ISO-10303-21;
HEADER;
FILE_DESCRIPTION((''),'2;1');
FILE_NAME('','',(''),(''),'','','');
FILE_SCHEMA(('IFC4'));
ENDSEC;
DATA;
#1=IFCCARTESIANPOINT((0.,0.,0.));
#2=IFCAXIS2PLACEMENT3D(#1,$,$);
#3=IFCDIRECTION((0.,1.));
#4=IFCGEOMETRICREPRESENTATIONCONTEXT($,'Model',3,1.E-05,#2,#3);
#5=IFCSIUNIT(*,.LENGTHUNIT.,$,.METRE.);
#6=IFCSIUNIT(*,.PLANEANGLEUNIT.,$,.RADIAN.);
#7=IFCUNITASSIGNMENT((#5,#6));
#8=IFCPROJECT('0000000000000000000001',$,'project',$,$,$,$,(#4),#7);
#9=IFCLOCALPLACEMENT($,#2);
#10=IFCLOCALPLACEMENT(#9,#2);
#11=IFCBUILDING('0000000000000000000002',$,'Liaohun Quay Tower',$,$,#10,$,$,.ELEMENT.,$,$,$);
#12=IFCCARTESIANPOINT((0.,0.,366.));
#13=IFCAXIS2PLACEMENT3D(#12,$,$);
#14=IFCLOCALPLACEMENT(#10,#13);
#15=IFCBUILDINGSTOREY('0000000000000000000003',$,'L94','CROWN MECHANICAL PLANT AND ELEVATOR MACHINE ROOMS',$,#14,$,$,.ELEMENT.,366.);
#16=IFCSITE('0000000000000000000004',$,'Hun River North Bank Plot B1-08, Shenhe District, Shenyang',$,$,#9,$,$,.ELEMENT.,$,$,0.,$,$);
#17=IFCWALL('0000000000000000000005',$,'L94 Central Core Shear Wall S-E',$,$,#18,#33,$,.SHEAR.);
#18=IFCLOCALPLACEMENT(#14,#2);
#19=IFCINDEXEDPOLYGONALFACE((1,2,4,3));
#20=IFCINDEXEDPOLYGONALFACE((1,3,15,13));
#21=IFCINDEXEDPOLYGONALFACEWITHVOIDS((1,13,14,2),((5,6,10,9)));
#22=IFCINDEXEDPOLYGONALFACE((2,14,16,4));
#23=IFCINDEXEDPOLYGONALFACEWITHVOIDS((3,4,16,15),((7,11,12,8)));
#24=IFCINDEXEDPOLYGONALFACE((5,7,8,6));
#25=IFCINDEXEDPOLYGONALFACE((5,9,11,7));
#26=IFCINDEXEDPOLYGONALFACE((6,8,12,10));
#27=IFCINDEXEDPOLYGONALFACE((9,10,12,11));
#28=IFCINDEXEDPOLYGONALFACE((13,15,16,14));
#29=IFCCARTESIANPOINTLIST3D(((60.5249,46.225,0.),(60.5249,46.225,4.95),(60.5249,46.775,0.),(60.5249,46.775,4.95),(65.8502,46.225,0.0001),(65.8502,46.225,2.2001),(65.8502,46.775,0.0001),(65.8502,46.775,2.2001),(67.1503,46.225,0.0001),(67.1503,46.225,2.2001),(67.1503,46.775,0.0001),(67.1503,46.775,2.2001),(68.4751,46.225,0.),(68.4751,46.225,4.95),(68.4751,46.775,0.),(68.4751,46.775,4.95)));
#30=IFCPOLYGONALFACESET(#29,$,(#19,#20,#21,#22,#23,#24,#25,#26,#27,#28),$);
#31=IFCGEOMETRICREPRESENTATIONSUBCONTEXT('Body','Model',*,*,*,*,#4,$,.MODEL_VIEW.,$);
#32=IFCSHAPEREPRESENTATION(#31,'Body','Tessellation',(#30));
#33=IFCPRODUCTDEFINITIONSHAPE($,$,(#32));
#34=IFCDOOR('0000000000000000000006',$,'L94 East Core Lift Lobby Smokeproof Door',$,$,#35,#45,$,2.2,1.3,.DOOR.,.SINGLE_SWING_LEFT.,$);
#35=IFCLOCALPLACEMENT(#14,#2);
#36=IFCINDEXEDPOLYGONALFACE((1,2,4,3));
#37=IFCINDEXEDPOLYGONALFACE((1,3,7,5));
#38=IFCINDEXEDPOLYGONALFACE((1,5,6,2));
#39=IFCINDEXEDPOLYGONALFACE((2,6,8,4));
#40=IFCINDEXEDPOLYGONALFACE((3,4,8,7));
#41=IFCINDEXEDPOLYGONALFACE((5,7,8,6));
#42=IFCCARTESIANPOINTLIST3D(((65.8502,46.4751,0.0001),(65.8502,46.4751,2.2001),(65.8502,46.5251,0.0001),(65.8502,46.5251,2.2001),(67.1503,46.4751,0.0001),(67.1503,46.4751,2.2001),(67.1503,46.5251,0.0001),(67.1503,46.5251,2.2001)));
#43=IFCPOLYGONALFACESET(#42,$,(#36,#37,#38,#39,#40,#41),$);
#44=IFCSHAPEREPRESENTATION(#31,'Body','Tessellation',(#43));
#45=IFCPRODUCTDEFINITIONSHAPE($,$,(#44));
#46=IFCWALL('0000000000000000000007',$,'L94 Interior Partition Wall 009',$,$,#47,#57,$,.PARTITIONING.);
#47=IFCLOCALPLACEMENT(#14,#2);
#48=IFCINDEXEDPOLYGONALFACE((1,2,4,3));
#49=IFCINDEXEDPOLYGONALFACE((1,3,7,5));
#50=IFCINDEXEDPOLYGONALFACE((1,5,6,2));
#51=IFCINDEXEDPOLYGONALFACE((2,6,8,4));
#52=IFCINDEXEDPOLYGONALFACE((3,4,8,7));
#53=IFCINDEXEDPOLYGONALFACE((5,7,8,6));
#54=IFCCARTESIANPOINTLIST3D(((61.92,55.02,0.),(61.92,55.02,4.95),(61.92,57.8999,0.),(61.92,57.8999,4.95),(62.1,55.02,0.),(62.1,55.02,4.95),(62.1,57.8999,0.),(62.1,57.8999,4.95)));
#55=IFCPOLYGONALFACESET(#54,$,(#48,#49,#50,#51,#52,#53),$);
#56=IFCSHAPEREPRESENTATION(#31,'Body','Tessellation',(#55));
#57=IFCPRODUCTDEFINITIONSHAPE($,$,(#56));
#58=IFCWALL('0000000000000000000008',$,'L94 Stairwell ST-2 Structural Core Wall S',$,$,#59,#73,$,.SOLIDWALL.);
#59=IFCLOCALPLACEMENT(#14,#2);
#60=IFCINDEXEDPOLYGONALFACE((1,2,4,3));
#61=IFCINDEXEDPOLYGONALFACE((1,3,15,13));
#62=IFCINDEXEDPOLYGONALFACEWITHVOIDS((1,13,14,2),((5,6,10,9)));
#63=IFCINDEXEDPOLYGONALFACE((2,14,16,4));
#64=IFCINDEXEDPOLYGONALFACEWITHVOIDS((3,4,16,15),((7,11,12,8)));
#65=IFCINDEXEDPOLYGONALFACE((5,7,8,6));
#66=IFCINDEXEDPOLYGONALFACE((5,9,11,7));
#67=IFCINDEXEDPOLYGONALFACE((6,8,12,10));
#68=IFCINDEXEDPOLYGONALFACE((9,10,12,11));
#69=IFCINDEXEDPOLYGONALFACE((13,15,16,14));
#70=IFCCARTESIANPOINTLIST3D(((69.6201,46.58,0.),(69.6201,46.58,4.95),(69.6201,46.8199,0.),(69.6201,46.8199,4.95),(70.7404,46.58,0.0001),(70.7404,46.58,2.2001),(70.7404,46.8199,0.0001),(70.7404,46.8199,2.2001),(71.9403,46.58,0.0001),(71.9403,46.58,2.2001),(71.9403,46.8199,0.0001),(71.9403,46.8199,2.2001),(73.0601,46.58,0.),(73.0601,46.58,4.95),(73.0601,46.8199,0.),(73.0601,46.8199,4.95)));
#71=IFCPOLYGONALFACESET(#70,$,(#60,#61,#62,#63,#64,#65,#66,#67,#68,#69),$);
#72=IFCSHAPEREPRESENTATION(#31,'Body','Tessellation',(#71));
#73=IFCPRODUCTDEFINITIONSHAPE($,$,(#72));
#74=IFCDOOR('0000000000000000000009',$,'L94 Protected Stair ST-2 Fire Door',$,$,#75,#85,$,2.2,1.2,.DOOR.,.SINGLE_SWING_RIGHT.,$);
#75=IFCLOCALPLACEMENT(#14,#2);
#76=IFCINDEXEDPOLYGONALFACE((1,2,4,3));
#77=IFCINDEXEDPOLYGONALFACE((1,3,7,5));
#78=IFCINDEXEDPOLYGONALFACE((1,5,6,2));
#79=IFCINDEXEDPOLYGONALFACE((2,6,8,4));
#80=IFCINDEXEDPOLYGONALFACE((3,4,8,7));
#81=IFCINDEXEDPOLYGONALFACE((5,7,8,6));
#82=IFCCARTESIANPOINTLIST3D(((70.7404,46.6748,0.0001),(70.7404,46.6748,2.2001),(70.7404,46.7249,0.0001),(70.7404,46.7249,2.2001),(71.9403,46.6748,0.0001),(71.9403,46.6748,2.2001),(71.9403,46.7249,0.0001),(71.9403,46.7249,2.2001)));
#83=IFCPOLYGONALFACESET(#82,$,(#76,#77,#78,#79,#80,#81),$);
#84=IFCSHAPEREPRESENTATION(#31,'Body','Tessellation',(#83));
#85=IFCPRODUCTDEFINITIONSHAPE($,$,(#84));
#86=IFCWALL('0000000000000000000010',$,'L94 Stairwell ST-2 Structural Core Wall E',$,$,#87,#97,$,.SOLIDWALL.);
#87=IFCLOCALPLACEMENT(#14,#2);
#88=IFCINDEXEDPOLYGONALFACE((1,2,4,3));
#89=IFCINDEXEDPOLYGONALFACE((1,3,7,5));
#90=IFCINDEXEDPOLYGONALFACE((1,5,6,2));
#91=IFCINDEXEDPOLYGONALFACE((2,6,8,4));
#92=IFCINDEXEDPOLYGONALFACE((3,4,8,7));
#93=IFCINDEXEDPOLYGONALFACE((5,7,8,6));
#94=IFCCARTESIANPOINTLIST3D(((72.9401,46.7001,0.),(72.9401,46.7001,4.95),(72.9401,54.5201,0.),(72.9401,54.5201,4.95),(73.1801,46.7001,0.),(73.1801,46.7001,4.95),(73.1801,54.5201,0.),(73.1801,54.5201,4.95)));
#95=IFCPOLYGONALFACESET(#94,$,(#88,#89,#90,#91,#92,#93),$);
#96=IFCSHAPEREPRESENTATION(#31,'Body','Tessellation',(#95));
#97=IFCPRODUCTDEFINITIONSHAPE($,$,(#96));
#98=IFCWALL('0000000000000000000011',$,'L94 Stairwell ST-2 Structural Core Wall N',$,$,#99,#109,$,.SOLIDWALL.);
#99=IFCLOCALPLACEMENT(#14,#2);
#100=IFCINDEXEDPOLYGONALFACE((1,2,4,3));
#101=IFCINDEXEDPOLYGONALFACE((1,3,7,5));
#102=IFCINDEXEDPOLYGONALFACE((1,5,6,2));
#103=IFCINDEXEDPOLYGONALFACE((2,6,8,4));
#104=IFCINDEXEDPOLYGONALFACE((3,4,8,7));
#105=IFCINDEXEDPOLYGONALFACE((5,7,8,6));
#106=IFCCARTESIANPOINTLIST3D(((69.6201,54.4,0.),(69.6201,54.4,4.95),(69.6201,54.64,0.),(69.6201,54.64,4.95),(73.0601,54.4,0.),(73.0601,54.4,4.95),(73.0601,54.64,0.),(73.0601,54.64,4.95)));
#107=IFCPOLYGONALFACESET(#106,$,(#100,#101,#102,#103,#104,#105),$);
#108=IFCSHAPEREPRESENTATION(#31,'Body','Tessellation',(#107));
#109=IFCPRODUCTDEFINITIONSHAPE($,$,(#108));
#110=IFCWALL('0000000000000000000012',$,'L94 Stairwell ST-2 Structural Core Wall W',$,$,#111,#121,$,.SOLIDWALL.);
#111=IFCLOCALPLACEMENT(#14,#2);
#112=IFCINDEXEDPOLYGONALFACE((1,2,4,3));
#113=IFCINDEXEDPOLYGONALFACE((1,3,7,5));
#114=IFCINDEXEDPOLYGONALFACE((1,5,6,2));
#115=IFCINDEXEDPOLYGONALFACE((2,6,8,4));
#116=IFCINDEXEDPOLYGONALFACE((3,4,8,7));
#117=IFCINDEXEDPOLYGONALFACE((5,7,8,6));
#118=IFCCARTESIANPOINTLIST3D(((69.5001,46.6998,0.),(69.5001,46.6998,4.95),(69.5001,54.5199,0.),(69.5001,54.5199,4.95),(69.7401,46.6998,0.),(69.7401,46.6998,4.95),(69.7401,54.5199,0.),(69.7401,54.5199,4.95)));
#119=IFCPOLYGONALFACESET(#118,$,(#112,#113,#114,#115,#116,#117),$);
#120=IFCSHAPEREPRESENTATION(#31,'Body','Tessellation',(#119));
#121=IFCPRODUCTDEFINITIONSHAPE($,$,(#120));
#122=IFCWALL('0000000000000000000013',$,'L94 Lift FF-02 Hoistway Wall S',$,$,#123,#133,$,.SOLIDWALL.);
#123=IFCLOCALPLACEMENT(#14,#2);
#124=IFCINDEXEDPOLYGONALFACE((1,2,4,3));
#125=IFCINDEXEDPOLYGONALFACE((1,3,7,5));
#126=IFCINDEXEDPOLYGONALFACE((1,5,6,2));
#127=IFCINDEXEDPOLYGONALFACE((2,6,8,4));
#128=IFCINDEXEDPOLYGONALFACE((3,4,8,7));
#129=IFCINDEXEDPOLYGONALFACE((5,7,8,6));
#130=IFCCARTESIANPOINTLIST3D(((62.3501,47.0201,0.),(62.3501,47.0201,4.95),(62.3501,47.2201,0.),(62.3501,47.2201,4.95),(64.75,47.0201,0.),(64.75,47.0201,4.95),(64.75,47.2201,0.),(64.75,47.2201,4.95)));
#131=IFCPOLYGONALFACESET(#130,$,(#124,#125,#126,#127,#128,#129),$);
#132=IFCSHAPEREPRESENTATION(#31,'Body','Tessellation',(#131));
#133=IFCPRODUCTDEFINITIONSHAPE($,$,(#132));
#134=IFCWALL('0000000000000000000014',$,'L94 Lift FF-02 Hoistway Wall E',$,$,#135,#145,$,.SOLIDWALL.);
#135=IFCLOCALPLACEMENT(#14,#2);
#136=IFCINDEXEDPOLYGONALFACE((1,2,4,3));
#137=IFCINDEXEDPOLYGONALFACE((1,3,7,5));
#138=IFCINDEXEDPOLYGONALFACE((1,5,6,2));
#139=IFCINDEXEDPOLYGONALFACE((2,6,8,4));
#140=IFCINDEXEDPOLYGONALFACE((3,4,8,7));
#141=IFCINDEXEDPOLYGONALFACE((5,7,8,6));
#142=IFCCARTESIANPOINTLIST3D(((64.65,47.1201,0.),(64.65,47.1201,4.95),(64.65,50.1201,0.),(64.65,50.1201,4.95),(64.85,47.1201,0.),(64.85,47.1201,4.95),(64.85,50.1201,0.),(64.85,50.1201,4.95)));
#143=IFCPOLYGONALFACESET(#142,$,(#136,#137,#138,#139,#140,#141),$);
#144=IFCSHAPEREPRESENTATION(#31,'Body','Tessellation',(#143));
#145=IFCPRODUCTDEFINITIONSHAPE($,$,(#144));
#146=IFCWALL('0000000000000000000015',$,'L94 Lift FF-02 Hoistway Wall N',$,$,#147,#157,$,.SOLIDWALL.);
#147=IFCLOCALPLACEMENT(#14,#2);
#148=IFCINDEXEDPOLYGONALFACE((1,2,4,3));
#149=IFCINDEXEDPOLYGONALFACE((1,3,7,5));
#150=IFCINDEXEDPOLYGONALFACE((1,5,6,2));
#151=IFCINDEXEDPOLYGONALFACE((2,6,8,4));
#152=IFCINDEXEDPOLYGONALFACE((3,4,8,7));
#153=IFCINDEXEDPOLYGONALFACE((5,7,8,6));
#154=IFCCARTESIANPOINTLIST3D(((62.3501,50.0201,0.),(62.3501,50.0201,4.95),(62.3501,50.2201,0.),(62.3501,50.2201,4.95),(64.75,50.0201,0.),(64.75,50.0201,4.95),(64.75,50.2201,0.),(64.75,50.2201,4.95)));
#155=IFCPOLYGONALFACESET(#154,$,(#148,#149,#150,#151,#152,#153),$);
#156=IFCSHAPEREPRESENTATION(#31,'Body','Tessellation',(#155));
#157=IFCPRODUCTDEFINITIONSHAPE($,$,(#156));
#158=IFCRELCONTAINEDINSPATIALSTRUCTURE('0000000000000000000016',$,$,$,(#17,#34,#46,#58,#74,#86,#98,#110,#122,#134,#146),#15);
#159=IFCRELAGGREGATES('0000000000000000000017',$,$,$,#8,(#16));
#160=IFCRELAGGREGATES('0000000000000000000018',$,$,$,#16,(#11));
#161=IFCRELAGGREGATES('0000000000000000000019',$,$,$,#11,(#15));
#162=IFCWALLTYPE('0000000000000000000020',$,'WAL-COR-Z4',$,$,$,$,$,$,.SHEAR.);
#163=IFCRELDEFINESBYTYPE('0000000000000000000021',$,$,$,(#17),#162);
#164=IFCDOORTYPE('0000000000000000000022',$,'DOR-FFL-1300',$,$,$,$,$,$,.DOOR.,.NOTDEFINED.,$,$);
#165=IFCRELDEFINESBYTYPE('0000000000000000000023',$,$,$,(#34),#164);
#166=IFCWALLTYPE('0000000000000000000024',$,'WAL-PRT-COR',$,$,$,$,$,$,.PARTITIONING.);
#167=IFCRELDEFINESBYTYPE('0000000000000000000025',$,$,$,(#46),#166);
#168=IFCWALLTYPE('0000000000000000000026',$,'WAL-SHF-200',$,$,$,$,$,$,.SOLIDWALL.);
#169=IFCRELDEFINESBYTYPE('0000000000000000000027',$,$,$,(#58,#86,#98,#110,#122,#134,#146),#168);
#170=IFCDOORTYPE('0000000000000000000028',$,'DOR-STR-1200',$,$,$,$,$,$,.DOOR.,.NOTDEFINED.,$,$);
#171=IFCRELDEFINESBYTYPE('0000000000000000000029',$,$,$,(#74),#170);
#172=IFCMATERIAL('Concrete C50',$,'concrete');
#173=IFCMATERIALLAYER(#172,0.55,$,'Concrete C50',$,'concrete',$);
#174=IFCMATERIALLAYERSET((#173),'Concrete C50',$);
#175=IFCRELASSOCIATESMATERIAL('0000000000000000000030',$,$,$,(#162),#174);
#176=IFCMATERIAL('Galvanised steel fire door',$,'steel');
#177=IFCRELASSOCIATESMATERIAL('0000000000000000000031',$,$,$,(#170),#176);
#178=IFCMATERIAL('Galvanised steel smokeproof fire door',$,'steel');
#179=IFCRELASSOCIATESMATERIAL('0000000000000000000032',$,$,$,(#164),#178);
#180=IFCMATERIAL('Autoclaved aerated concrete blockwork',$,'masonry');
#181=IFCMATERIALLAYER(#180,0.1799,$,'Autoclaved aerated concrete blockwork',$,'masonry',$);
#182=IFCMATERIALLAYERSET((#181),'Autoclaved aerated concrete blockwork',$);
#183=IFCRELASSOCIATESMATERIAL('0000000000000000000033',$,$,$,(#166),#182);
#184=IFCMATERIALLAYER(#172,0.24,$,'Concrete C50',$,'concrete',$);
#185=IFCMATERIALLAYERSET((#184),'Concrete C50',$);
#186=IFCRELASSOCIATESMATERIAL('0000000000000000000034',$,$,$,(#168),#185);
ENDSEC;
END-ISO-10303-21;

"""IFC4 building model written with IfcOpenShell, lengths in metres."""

from ifc_helpers import new_model, si_unit, direction, frame, frame_2d, origin, place, context, subcontext, project, spatial, rectangle, extrude, source, transform, mapped, material, layer, layer_set, type_object, element, fill, save


model = new_model("IFC4")

# Units and contexts
model_context = context("Model", 3, precision=1e-05, world=origin(), true_north=direction((0.0, 1.0)))
body_context = subcontext(model_context, "Body", "Model", "MODEL_VIEW")
ifc_project = project(units=[si_unit("LENGTHUNIT", "METRE"), si_unit("PLANEANGLEUNIT", "RADIAN")], contexts=[model_context])

# Site, building, storey
site_placement = place(None, origin())
site = spatial("IfcSite", under=ifc_project, at=site_placement, Name="Hun River North Bank Plot B1-08, Shenhe District, Shenyang", CompositionType="ELEMENT", RefElevation=0.0)
building_placement = place(site_placement, origin())
building = spatial("IfcBuilding", under=site, at=building_placement, Name="Liaohun Quay Tower", CompositionType="ELEMENT")
storey_placement = place(building_placement, frame((0.0, 0.0, 366.0)))
storey = spatial("IfcBuildingStorey", under=building, at=storey_placement, Name="L94", Description="CROWN MECHANICAL PLANT AND ELEVATOR MACHINE ROOMS", CompositionType="ELEMENT", Elevation=366.0)

# Shared definitions
ifc_material_1 = material(Name="Concrete C50", Category="concrete")

# Wall, opening, door
ifc_layer_1 = layer(ifc_material_1, 0.55, Name="Concrete C50", Category="concrete")
ifc_layer_set_1 = layer_set([ifc_layer_1], Name="Concrete C50")
wall_type_1 = type_object("IfcWallType", Name="WAL-COR-Z4", PredefinedType="SHEAR", material=ifc_layer_set_1)
ifc_material_2 = material(Name="Galvanised steel fire door", Category="steel")
door_type_1 = type_object("IfcDoorType", Name="DOR-STR-1200", OperationType="NOTDEFINED", PredefinedType="DOOR", material=ifc_material_2)
shared_shape_1 = source(origin(), body_context, "Body", "SweptSolid", [
    extrude(rectangle(XDim=1.2, YDim=2.2, at=frame_2d((0.6001, 1.1001))), frame((0.0, 0.0249, 0.0), z_axis=(0.0, -1.0, 0.0), x_axis=(1.0, 0.0, 0.0)), (0.0, 0.0, 1.0), 0.05),
])
wall_1_placement = place(storey_placement, frame((68.4751, 46.5, 0.0), z_axis=(0.0, 0.0, 1.0), x_axis=(-1.0, 0.0, 0.0)))
wall_1 = element("IfcWall", 1, at=wall_1_placement, inside=storey, type_object=wall_type_1, Name="L94 Central Core Shear Wall S-E", PredefinedType="SHEAR", context=body_context, shape_type="SweptSolid", body=[
    extrude(rectangle(XDim=7.9502, YDim=0.55, at=frame_2d((3.9751, 0.0))), origin(), (0.0, 0.0, 1.0), 4.95),
])
shared_shape_2 = source(origin(), body_context, "Body", "SweptSolid", [
    extrude(rectangle(XDim=1.3, YDim=2.2, at=frame_2d((0.6499, 1.1001))), frame((0.0, 0.2849, 0.0), z_axis=(0.0, -1.0, 0.0), x_axis=(1.0, 0.0, 0.0)), (0.0, 0.0, 1.0), 0.5701),
])
opening_1_placement = place(wall_1_placement, frame((1.325, 0.0, 0.0)))
opening_1 = element("IfcOpeningElement", 2, at=opening_1_placement, cuts=wall_1, PredefinedType="OPENING", context=body_context, shape_type="MappedRepresentation", body=[
    mapped(shared_shape_2, transform((0.0, 0.0, 0.0), x_axis=(1.0, 0.0, 0.0), y_axis=(0.0, 1.0, 0.0), z_axis=(0.0, 0.0, 1.0), scale=1.0)),
])
ifc_material_3 = material(Name="Galvanised steel smokeproof fire door", Category="steel")
door_type_2 = type_object("IfcDoorType", Name="DOR-FFL-1300", OperationType="NOTDEFINED", PredefinedType="DOOR", material=ifc_material_3)
shared_shape_3 = source(origin(), body_context, "Body", "SweptSolid", [
    extrude(rectangle(XDim=1.3, YDim=2.2, at=frame_2d((0.6499, 1.1001))), frame((0.0, 0.0249, 0.0), z_axis=(0.0, -1.0, 0.0), x_axis=(1.0, 0.0, 0.0)), (0.0, 0.0, 1.0), 0.05),
])
door_1_placement = place(opening_1_placement, origin())
door_1 = element("IfcDoor", 3, at=door_1_placement, inside=storey, type_object=door_type_2, Name="L94 East Core Lift Lobby Smokeproof Door", OperationType="SINGLE_SWING_LEFT", OverallHeight=2.2, OverallWidth=1.3, PredefinedType="DOOR", context=body_context, shape_type="MappedRepresentation", body=[
    mapped(shared_shape_3, transform((0.0, 0.0, 0.0), x_axis=(1.0, 0.0, 0.0), y_axis=(0.0, 1.0, 0.0), z_axis=(0.0, 0.0, 1.0), scale=1.0)),
])
fill(opening_1, door_1)

# Wall
ifc_material_4 = material(Name="Autoclaved aerated concrete blockwork", Category="masonry")
ifc_layer_2 = layer(ifc_material_4, 0.1799, Name="Autoclaved aerated concrete blockwork", Category="masonry")
ifc_layer_set_2 = layer_set([ifc_layer_2], Name="Autoclaved aerated concrete blockwork")
wall_type_2 = type_object("IfcWallType", Name="WAL-PRT-COR", PredefinedType="PARTITIONING", material=ifc_layer_set_2)
wall_2_placement = place(storey_placement, frame((62.01, 55.02, 0.0), z_axis=(0.0, 0.0, 1.0), x_axis=(0.0, 1.0, 0.0)))
element("IfcWall", 4, at=wall_2_placement, inside=storey, type_object=wall_type_2, Name="L94 Interior Partition Wall 009", PredefinedType="PARTITIONING", context=body_context, shape_type="SweptSolid", body=[
    extrude(rectangle(XDim=2.8799, YDim=0.1799, at=frame_2d((1.4399, 0.0))), origin(), (0.0, 0.0, 1.0), 4.95),
])

# Wall, opening, door
ifc_layer_3 = layer(ifc_material_1, 0.24, Name="Concrete C50", Category="concrete")
ifc_layer_set_3 = layer_set([ifc_layer_3], Name="Concrete C50")
wall_type_3 = type_object("IfcWallType", Name="WAL-SHF-200", PredefinedType="SOLIDWALL", material=ifc_layer_set_3)
wall_3_placement = place(storey_placement, frame((69.6201, 46.7, 0.0), z_axis=(0.0, 0.0, 1.0), x_axis=(1.0, 0.0, 0.0)))
wall_3 = element("IfcWall", 5, at=wall_3_placement, inside=storey, type_object=wall_type_3, Name="L94 Stairwell ST-2 Structural Core Wall S", PredefinedType="SOLIDWALL", context=body_context, shape_type="SweptSolid", body=[
    extrude(rectangle(XDim=3.4399, YDim=0.24, at=frame_2d((1.72, 0.0))), origin(), (0.0, 0.0, 1.0), 4.95),
])
shared_shape_4 = source(origin(), body_context, "Body", "SweptSolid", [
    extrude(rectangle(XDim=1.2, YDim=2.2, at=frame_2d((0.6001, 1.1001))), frame((0.0, 0.1299, 0.0), z_axis=(0.0, -1.0, 0.0), x_axis=(1.0, 0.0, 0.0)), (0.0, 0.0, 1.0), 0.26),
])
opening_2_placement = place(wall_3_placement, frame((1.1201, 0.0, 0.0)))
opening_2 = element("IfcOpeningElement", 6, at=opening_2_placement, cuts=wall_3, PredefinedType="OPENING", context=body_context, shape_type="MappedRepresentation", body=[
    mapped(shared_shape_4, transform((0.0, 0.0, 0.0), x_axis=(1.0, 0.0, 0.0), y_axis=(0.0, 1.0, 0.0), z_axis=(0.0, 0.0, 1.0), scale=1.0)),
])
door_2_placement = place(opening_2_placement, origin())
door_2 = element("IfcDoor", 7, at=door_2_placement, inside=storey, type_object=door_type_1, Name="L94 Protected Stair ST-2 Fire Door", OperationType="SINGLE_SWING_RIGHT", OverallHeight=2.2, OverallWidth=1.2, PredefinedType="DOOR", context=body_context, shape_type="MappedRepresentation", body=[
    mapped(shared_shape_1, transform((0.0, 0.0, 0.0), x_axis=(1.0, 0.0, 0.0), y_axis=(0.0, 1.0, 0.0), z_axis=(0.0, 0.0, 1.0), scale=1.0)),
])
fill(opening_2, door_2)

# Walls
wall_4_placement = place(storey_placement, frame((73.0601, 46.7, 0.0), z_axis=(0.0, 0.0, 1.0), x_axis=(0.0, 1.0, 0.0)))
element("IfcWall", 8, at=wall_4_placement, inside=storey, type_object=wall_type_3, Name="L94 Stairwell ST-2 Structural Core Wall E", PredefinedType="SOLIDWALL", context=body_context, shape_type="SweptSolid", body=[
    extrude(rectangle(XDim=7.8201, YDim=0.24, at=frame_2d((3.9102, 0.0))), origin(), (0.0, 0.0, 1.0), 4.95),
])
wall_5_placement = place(storey_placement, frame((73.0601, 54.52, 0.0), z_axis=(0.0, 0.0, 1.0), x_axis=(-1.0, 0.0, 0.0)))
element("IfcWall", 9, at=wall_5_placement, inside=storey, type_object=wall_type_3, Name="L94 Stairwell ST-2 Structural Core Wall N", PredefinedType="SOLIDWALL", context=body_context, shape_type="SweptSolid", body=[
    extrude(rectangle(XDim=3.4399, YDim=0.24, at=frame_2d((1.72, 0.0))), origin(), (0.0, 0.0, 1.0), 4.95),
])
wall_6_placement = place(storey_placement, frame((69.6201, 54.52, 0.0), z_axis=(0.0, 0.0, 1.0), x_axis=(0.0, -1.0, 0.0)))
element("IfcWall", 10, at=wall_6_placement, inside=storey, type_object=wall_type_3, Name="L94 Stairwell ST-2 Structural Core Wall W", PredefinedType="SOLIDWALL", context=body_context, shape_type="SweptSolid", body=[
    extrude(rectangle(XDim=7.8201, YDim=0.24, at=frame_2d((3.9102, 0.0))), origin(), (0.0, 0.0, 1.0), 4.95),
])
wall_7_placement = place(storey_placement, frame((62.3501, 47.1201, 0.0), z_axis=(0.0, 0.0, 1.0), x_axis=(1.0, 0.0, 0.0)))
element("IfcWall", 11, at=wall_7_placement, inside=storey, type_object=wall_type_3, Name="L94 Lift FF-02 Hoistway Wall S", PredefinedType="SOLIDWALL", context=body_context, shape_type="SweptSolid", body=[
    extrude(rectangle(XDim=2.3999, YDim=0.2, at=frame_2d((1.2, 0.0))), origin(), (0.0, 0.0, 1.0), 4.95),
])
wall_8_placement = place(storey_placement, frame((64.75, 47.1201, 0.0), z_axis=(0.0, 0.0, 1.0), x_axis=(0.0, 1.0, 0.0)))
element("IfcWall", 12, at=wall_8_placement, inside=storey, type_object=wall_type_3, Name="L94 Lift FF-02 Hoistway Wall E", PredefinedType="SOLIDWALL", context=body_context, shape_type="SweptSolid", body=[
    extrude(rectangle(XDim=3.0, YDim=0.2, at=frame_2d((1.5, 0.0))), origin(), (0.0, 0.0, 1.0), 4.95),
])
wall_9_placement = place(storey_placement, frame((64.75, 50.1201, 0.0), z_axis=(0.0, 0.0, 1.0), x_axis=(-1.0, 0.0, 0.0)))
element("IfcWall", 13, at=wall_9_placement, inside=storey, type_object=wall_type_3, Name="L94 Lift FF-02 Hoistway Wall N", PredefinedType="SOLIDWALL", context=body_context, shape_type="SweptSolid", body=[
    extrude(rectangle(XDim=2.3999, YDim=0.2, at=frame_2d((1.2, 0.0))), origin(), (0.0, 0.0, 1.0), 4.95),
])

save(model, "model.ifc")
